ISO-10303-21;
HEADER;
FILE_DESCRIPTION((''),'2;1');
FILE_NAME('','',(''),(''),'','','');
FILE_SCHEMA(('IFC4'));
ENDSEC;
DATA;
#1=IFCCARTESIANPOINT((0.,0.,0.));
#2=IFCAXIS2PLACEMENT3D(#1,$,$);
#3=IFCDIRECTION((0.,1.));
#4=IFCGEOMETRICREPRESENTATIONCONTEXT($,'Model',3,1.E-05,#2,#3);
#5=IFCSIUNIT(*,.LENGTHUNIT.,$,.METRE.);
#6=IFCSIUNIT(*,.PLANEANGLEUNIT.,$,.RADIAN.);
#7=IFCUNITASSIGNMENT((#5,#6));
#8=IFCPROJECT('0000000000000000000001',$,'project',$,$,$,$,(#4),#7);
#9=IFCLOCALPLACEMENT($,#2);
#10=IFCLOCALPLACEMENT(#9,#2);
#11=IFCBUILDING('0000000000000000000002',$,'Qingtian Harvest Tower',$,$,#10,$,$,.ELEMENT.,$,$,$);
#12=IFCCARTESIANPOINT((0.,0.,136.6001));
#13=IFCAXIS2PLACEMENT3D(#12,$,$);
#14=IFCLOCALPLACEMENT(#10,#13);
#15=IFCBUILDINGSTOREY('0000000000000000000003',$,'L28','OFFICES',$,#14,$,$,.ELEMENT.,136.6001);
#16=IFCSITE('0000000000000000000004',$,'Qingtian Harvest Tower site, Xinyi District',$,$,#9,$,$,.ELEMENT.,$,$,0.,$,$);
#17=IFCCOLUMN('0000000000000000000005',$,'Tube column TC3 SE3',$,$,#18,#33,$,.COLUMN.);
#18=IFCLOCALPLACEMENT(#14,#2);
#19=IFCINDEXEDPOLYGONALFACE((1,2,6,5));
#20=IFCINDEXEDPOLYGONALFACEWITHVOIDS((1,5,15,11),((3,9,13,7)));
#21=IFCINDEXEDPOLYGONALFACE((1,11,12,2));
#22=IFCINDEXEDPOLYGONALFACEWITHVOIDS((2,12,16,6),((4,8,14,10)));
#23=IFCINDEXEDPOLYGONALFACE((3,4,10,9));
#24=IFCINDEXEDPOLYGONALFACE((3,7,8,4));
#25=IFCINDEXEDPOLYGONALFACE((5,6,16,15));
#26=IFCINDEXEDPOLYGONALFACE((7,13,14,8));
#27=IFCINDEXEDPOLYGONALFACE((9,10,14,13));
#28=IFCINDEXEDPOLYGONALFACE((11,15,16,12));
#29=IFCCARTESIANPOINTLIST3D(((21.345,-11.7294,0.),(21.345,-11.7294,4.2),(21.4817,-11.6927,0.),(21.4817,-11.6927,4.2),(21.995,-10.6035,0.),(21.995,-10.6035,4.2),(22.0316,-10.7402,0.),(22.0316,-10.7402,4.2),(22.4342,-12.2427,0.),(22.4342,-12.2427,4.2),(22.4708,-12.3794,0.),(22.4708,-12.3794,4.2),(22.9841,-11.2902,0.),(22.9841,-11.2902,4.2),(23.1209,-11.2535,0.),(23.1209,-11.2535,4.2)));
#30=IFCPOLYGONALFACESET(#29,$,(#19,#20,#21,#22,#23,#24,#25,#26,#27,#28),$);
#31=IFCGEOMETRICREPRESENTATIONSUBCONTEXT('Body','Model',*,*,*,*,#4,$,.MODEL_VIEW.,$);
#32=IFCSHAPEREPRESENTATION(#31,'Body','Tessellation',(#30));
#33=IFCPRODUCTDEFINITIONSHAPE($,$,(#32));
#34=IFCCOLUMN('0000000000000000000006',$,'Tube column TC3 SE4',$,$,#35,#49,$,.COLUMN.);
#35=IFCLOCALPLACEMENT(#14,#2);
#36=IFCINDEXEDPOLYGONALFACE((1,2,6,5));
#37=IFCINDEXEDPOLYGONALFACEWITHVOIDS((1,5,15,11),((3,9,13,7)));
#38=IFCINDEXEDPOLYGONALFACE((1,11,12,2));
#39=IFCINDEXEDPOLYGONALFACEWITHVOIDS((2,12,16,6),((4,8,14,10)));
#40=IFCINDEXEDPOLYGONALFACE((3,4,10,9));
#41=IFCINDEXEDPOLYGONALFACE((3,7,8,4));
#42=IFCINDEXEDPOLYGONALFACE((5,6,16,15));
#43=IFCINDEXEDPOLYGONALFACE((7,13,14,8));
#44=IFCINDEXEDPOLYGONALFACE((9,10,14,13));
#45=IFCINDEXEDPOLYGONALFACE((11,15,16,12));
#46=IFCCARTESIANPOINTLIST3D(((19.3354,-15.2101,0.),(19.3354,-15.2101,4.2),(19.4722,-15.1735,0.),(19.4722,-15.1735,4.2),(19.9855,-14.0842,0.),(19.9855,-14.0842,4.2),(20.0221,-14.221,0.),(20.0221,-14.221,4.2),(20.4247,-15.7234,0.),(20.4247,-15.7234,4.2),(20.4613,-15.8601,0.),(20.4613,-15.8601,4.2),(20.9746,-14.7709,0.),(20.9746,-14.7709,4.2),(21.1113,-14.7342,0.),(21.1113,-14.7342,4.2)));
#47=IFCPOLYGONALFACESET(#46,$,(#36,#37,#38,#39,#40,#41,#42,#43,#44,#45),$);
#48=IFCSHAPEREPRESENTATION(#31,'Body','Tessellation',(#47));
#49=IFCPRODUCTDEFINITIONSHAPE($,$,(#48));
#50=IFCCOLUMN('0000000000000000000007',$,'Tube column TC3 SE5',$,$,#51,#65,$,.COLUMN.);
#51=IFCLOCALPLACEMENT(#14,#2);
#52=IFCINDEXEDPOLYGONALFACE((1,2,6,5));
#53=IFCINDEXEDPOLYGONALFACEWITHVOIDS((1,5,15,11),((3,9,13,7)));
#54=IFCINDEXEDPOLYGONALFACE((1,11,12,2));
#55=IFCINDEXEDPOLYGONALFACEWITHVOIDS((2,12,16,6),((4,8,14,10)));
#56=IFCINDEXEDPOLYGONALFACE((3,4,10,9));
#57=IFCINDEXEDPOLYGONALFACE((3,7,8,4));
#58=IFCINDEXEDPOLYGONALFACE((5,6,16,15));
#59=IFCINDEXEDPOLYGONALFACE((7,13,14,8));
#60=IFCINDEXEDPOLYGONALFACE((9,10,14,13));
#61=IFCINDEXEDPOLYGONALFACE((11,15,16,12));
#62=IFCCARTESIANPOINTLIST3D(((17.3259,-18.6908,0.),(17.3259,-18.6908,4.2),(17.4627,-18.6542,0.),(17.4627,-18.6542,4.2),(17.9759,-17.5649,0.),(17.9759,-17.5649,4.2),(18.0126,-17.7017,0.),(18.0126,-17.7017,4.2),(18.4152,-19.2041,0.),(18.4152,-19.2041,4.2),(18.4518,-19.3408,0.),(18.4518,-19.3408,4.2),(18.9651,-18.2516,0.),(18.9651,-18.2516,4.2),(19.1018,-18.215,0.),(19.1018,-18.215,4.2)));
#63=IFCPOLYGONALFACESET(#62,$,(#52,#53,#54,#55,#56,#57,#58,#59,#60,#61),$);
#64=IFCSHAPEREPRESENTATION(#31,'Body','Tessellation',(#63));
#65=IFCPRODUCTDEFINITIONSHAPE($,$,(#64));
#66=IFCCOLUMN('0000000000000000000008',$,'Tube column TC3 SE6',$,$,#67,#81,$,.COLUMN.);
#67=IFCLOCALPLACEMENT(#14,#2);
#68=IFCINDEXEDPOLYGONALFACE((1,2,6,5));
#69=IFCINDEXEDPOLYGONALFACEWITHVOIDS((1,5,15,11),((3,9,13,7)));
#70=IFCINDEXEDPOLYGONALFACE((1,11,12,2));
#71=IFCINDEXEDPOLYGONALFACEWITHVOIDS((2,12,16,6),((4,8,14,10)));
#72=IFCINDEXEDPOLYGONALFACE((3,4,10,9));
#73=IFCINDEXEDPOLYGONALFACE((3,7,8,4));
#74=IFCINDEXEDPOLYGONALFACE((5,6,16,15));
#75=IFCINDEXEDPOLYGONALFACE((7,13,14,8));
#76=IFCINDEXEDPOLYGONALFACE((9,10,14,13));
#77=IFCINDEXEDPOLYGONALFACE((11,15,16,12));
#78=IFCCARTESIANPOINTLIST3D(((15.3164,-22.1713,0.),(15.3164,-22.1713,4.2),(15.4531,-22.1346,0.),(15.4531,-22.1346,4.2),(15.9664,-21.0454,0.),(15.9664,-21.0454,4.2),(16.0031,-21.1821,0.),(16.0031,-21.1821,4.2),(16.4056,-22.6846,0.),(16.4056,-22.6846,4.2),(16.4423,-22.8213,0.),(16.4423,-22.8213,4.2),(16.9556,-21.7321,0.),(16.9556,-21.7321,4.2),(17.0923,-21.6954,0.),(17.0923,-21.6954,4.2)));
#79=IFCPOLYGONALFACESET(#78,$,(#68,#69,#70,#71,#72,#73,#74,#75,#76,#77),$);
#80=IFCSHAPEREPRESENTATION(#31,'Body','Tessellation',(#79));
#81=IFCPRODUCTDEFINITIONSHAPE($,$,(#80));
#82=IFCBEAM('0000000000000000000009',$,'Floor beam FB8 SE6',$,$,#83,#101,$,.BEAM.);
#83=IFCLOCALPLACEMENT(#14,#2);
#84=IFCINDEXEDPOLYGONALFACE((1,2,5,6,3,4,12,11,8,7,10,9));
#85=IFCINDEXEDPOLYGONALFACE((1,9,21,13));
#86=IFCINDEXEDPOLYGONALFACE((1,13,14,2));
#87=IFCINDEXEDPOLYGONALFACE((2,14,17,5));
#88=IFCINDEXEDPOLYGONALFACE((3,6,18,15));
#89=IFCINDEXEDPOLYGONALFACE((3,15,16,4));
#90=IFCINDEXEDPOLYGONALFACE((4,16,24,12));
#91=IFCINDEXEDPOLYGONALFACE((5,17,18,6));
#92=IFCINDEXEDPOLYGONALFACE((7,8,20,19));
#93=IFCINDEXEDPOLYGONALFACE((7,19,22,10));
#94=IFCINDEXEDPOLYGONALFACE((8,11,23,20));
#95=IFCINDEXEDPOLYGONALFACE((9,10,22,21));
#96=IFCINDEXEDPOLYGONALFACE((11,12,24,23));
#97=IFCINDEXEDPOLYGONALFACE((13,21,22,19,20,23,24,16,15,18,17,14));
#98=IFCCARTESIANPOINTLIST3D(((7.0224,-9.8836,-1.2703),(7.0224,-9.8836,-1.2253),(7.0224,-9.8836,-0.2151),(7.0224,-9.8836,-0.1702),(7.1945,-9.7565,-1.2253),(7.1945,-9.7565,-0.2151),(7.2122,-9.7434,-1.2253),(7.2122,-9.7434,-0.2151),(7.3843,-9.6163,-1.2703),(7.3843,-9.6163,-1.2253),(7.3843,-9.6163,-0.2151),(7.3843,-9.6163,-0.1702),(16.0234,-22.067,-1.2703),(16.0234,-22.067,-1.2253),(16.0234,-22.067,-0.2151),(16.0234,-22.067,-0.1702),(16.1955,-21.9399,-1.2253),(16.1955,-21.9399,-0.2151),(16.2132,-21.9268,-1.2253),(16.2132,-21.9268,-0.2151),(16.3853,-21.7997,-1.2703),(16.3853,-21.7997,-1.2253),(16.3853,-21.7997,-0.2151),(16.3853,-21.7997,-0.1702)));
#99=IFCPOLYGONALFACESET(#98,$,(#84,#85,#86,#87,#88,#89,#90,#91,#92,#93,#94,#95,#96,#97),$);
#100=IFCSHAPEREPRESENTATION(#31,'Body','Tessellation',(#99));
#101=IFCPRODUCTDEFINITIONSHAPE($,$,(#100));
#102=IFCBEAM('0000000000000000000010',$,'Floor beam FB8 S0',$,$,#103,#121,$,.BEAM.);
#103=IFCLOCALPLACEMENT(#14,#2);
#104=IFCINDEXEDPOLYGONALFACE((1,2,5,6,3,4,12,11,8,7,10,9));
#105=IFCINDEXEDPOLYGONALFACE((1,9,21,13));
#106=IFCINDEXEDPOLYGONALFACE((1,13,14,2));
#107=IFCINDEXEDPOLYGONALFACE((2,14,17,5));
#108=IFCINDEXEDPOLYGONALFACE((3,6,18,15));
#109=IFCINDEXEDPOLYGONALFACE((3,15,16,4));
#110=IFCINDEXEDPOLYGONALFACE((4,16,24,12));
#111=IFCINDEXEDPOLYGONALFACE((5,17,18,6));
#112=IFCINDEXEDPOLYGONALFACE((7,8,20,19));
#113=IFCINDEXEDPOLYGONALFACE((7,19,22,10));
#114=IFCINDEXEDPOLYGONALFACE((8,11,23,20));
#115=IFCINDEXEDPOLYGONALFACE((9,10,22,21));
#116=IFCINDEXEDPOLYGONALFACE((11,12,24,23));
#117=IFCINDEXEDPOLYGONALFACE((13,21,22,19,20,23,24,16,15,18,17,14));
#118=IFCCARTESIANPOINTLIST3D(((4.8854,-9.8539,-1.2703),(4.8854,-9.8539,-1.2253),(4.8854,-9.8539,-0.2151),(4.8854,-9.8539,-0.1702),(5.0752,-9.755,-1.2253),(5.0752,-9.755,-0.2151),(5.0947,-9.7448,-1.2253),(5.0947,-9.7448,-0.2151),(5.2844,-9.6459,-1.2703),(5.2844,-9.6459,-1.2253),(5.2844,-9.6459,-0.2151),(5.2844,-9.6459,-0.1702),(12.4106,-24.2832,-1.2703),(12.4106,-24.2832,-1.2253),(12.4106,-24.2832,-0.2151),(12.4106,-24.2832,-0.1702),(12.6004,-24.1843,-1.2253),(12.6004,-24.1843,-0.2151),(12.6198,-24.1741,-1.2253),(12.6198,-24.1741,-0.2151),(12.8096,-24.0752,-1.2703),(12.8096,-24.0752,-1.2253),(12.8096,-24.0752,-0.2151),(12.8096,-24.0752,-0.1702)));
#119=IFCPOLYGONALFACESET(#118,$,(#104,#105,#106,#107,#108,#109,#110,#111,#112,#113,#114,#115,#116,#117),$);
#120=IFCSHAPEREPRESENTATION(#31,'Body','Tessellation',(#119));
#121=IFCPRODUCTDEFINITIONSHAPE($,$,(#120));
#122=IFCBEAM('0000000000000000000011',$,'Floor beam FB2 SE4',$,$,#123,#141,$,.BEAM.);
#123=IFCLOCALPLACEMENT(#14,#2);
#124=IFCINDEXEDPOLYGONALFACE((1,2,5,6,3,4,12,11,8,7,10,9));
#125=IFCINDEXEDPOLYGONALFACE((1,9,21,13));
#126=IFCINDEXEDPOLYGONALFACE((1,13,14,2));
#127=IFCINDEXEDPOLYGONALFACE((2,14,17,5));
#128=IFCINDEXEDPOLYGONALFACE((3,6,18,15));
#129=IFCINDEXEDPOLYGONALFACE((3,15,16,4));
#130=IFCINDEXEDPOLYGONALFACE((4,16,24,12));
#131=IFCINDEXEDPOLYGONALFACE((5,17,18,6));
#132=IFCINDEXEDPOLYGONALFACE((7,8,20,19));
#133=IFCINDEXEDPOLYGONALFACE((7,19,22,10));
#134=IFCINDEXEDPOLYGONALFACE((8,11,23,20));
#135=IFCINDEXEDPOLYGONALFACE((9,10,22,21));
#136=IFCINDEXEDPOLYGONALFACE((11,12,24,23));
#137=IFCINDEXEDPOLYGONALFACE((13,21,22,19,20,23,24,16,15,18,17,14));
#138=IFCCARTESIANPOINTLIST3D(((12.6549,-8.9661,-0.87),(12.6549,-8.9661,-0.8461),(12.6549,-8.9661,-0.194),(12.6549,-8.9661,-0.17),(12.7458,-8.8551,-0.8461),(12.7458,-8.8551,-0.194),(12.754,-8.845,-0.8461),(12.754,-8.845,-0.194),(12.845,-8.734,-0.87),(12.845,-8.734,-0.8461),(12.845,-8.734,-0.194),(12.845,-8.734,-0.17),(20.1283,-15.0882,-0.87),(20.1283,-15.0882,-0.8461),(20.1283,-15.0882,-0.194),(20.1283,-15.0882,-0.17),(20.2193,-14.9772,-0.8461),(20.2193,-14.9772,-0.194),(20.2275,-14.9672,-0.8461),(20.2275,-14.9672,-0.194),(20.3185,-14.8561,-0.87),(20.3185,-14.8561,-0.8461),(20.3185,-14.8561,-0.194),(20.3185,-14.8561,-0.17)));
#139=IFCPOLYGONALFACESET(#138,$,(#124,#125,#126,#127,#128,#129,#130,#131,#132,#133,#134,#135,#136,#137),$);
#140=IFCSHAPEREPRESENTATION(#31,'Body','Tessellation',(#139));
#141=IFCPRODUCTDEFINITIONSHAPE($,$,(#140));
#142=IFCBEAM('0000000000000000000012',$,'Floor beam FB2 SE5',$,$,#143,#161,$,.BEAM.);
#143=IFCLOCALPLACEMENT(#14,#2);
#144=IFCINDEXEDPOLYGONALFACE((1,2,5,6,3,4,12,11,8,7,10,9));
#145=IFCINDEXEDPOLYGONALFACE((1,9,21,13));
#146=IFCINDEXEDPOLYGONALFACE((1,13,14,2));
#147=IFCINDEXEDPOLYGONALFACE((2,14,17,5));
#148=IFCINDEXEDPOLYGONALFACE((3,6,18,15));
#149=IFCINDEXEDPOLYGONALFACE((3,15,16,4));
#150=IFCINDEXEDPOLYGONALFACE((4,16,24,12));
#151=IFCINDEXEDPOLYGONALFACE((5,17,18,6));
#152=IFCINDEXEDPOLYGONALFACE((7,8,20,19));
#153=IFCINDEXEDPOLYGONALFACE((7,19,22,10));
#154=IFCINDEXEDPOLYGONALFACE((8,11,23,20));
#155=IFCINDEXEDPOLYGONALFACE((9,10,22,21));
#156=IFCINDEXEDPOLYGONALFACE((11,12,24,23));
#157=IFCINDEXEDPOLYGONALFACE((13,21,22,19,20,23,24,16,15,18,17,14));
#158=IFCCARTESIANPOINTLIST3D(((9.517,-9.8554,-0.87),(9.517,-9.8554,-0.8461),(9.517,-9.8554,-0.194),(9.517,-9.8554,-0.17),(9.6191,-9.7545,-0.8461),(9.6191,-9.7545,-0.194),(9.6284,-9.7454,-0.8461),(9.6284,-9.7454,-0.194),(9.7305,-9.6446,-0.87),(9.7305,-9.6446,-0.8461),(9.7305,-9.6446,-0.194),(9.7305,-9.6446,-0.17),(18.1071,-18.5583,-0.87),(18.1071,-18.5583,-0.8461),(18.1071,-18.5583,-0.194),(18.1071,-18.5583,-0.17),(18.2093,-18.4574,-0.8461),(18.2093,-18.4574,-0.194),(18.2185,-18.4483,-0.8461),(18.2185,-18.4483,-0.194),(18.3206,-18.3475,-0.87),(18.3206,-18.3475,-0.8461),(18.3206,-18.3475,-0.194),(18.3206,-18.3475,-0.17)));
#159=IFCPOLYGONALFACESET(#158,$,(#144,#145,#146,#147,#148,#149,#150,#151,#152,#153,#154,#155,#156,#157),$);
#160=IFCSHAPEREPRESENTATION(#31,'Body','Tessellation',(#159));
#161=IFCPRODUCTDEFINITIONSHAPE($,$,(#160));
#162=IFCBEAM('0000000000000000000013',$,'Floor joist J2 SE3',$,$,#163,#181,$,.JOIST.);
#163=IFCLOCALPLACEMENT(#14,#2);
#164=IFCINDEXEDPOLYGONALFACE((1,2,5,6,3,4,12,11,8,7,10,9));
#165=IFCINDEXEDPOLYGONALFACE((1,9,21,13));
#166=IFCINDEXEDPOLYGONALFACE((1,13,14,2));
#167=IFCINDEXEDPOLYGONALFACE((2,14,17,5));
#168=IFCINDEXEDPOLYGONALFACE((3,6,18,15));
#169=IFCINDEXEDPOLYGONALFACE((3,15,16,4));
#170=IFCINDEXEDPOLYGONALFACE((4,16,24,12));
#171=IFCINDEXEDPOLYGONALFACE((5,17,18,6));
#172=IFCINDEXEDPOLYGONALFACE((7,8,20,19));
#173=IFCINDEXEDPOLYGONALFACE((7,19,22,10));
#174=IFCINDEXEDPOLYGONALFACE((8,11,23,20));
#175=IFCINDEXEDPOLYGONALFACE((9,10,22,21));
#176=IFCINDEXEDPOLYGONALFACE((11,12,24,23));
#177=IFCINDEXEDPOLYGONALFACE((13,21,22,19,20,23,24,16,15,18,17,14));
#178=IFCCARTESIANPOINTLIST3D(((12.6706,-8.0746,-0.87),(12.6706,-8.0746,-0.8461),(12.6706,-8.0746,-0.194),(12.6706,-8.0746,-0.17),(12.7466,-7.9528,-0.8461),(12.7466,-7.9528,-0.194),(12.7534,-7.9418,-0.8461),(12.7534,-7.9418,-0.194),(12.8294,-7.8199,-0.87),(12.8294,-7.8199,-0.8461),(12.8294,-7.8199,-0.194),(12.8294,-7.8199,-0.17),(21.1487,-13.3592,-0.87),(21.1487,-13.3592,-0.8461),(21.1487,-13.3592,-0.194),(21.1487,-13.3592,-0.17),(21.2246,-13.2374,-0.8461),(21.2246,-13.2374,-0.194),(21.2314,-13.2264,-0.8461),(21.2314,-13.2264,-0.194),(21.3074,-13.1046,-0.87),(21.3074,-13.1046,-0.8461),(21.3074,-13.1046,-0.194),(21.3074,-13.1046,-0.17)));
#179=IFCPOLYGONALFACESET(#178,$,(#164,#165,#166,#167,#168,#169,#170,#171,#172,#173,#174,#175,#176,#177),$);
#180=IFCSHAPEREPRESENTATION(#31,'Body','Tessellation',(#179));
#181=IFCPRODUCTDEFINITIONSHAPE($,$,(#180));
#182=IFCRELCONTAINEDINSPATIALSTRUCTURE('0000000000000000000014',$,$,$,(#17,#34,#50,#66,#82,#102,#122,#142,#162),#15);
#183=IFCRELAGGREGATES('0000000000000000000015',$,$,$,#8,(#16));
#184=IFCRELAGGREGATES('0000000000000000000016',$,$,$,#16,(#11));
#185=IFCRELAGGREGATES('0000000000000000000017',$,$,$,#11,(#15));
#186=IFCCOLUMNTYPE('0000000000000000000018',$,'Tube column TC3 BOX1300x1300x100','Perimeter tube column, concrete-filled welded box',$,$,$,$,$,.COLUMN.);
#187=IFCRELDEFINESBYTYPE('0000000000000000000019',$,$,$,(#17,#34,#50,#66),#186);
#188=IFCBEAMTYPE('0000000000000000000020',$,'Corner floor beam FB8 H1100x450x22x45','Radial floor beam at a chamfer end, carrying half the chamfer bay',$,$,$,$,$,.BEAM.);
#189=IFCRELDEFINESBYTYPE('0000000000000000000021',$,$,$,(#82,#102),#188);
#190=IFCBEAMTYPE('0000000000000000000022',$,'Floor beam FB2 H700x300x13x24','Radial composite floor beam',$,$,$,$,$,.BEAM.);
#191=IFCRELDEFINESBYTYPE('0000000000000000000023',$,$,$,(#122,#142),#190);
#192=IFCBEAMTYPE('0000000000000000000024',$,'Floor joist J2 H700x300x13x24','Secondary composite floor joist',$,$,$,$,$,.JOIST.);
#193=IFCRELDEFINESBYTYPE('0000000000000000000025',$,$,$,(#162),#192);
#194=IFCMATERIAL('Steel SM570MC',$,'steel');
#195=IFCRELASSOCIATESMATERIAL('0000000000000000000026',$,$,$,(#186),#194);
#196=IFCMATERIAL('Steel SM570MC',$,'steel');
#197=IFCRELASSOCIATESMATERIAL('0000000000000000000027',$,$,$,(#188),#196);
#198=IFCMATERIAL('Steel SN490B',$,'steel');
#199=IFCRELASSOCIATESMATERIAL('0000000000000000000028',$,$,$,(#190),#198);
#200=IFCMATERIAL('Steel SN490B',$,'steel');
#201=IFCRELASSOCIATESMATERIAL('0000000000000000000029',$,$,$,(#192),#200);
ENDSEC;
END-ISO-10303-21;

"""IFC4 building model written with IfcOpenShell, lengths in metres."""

from ifc_helpers import new_model, si_unit, direction, frame, origin, origin_2d, place, context, subcontext, project, spatial, hollow_rectangle, i_section, extrude, material, material_profile, profile_set, type_object, element, save


model = new_model("IFC4")

# Units and contexts
model_context = context("Model", 3, precision=1e-05, world=origin(), true_north=direction((0.0, 1.0)))
body_context = subcontext(model_context, "Body", "Model", "MODEL_VIEW")
ifc_project = project(units=[si_unit("LENGTHUNIT", "METRE"), si_unit("PLANEANGLEUNIT", "RADIAN")], contexts=[model_context])

# Site, building, storey
site_placement = place(None, origin())
site = spatial("IfcSite", under=ifc_project, at=site_placement, Name="Qingtian Harvest Tower site, Xinyi District", CompositionType="ELEMENT", RefElevation=0.0)
building_placement = place(site_placement, origin())
building = spatial("IfcBuilding", under=site, at=building_placement, Name="Qingtian Harvest Tower", CompositionType="ELEMENT")
storey_placement = place(building_placement, frame((0.0, 0.0, 136.6001)))
storey = spatial("IfcBuildingStorey", under=building, at=storey_placement, Name="L28", Description="OFFICES", CompositionType="ELEMENT", Elevation=136.6001)

# Columns
ifc_material_1 = material(Name="Steel SM570MC", Category="steel")
ifc_material_profile_1 = material_profile(ifc_material_1, hollow_rectangle(XDim=1.3, YDim=1.3, WallThickness=0.1001, at=origin_2d()), Name="BOX1300x1300x100")
ifc_profile_set_1 = profile_set([ifc_material_profile_1], Name="Steel SM570MC")
column_type = type_object("IfcColumnType", Name="Tube column TC3 BOX1300x1300x100", Description="Perimeter tube column, concrete-filled welded box", PredefinedType="COLUMN", material=ifc_profile_set_1)
for number, where, z_axis, x_axis, name in (
    (1, (22.2329, -11.4915, 0.0), (0.0, 0.0, 1.0), (0.5, 0.866025, 0.0), "Tube column TC3 SE3"),
    (2, (20.2234, -14.9722, 0.0), (0.0, 0.0, 1.0), (0.5, 0.866025, 0.0), "Tube column TC3 SE4"),
    (3, (18.2139, -18.4529, 0.0), (0.0, 0.0, 1.0), (0.5, 0.866025, 0.0), "Tube column TC3 SE5"),
    (4, (16.2043, -21.9333, 0.0), (0.0, 0.0, 1.0), (0.5, 0.866025, 0.0), "Tube column TC3 SE6"),
):
    element("IfcColumn", number, at=place(storey_placement, frame(where, z_axis=z_axis, x_axis=x_axis)), inside=storey, type_object=column_type, Name=name, PredefinedType="COLUMN", context=body_context, shape_type="SweptSolid", body=[
        extrude(hollow_rectangle(XDim=1.3, YDim=1.3, WallThickness=0.1001, at=origin_2d()), origin(), (0.0, 0.0, 1.0), 4.2),
    ])

# Beams
ifc_material_2 = material(Name="Steel SM570MC", Category="steel")
ifc_material_profile_2 = material_profile(ifc_material_2, i_section(OverallWidth=0.45, OverallDepth=1.1001, WebThickness=0.022, FlangeThickness=0.0449, at=origin_2d()), Name="H1100x450x22x45")
ifc_profile_set_2 = profile_set([ifc_material_profile_2], Name="Steel SM570MC")
beam_type_1 = type_object("IfcBeamType", Name="Corner floor beam FB8 H1100x450x22x45", Description="Radial floor beam at a chamfer end, carrying half the chamfer bay", PredefinedType="BEAM", material=ifc_profile_set_2)
beam_1_placement = place(storey_placement, frame((16.2043, -21.9333, -0.7202), z_axis=(-0.594216, 0.804306, 0.0), x_axis=(-0.804306, -0.594216, 0.0)))
element("IfcBeam", 5, at=beam_1_placement, inside=storey, type_object=beam_type_1, Name="Floor beam FB8 SE6", PredefinedType="BEAM", context=body_context, shape_type="SweptSolid", body=[
    extrude(i_section(OverallWidth=0.45, OverallDepth=1.1001, WebThickness=0.022, FlangeThickness=0.0449, at=origin_2d()), origin(), (0.0, 0.0, 1.0), 15.1477),
])
beam_2_placement = place(storey_placement, frame((12.6101, -24.1792, -0.7202), z_axis=(-0.462415, 0.886664, 0.0), x_axis=(-0.886664, -0.462415, 0.0)))
element("IfcBeam", 6, at=beam_2_placement, inside=storey, type_object=beam_type_1, Name="Floor beam FB8 S0", PredefinedType="BEAM", context=body_context, shape_type="SweptSolid", body=[
    extrude(i_section(OverallWidth=0.45, OverallDepth=1.1001, WebThickness=0.022, FlangeThickness=0.0449, at=origin_2d()), origin(), (0.0, 0.0, 1.0), 16.2737),
])
ifc_material_3 = material(Name="Steel SN490B", Category="steel")
ifc_material_profile_3 = material_profile(ifc_material_3, i_section(OverallWidth=0.3, OverallDepth=0.7, WebThickness=0.0129, FlangeThickness=0.0239, at=origin_2d()), Name="H700x300x13x24")
ifc_profile_set_3 = profile_set([ifc_material_profile_3], Name="Steel SN490B")
beam_type_2 = type_object("IfcBeamType", Name="Floor beam FB2 H700x300x13x24", Description="Radial composite floor beam", PredefinedType="BEAM", material=ifc_profile_set_3)
beam_3_placement = place(storey_placement, frame((20.2234, -14.9722, -0.52), z_axis=(-0.773578, 0.633701, 0.0), x_axis=(-0.633701, -0.773578, 0.0)))
element("IfcBeam", 7, at=beam_3_placement, inside=storey, type_object=beam_type_2, Name="Floor beam FB2 SE4", PredefinedType="BEAM", context=body_context, shape_type="SweptSolid", body=[
    extrude(i_section(OverallWidth=0.3, OverallDepth=0.7, WebThickness=0.0129, FlangeThickness=0.0239, at=origin_2d()), origin(), (0.0, 0.0, 1.0), 9.6609),
])
beam_4_placement = place(storey_placement, frame((18.2139, -18.4529, -0.52), z_axis=(-0.70248, 0.711704, 0.0), x_axis=(-0.711704, -0.70248, 0.0)))
element("IfcBeam", 8, at=beam_4_placement, inside=storey, type_object=beam_type_2, Name="Floor beam FB2 SE5", PredefinedType="BEAM", context=body_context, shape_type="SweptSolid", body=[
    extrude(i_section(OverallWidth=0.3, OverallDepth=0.7, WebThickness=0.0129, FlangeThickness=0.0239, at=origin_2d()), origin(), (0.0, 0.0, 1.0), 12.2283),
])
ifc_material_4 = material(Name="Steel SN490B", Category="steel")
ifc_material_profile_4 = material_profile(ifc_material_4, i_section(OverallWidth=0.3, OverallDepth=0.7, WebThickness=0.0129, FlangeThickness=0.0239, at=origin_2d()), Name="H700x300x13x24")
ifc_profile_set_4 = profile_set([ifc_material_profile_4], Name="Steel SN490B")
beam_type_3 = type_object("IfcBeamType", Name="Floor joist J2 H700x300x13x24", Description="Secondary composite floor joist", PredefinedType="JOIST", material=ifc_profile_set_4)
beam_5_placement = place(storey_placement, frame((21.228, -13.2319, -0.52), z_axis=(-0.848632, 0.528984, 0.0), x_axis=(-0.528984, -0.848632, 0.0)))
element("IfcBeam", 9, at=beam_5_placement, inside=storey, type_object=beam_type_3, Name="Floor joist J2 SE3", PredefinedType="JOIST", context=body_context, shape_type="SweptSolid", body=[
    extrude(i_section(OverallWidth=0.3, OverallDepth=0.7, WebThickness=0.0129, FlangeThickness=0.0239, at=origin_2d()), origin(), (0.0, 0.0, 1.0), 9.9902),
])

save(model, "model.ifc")
